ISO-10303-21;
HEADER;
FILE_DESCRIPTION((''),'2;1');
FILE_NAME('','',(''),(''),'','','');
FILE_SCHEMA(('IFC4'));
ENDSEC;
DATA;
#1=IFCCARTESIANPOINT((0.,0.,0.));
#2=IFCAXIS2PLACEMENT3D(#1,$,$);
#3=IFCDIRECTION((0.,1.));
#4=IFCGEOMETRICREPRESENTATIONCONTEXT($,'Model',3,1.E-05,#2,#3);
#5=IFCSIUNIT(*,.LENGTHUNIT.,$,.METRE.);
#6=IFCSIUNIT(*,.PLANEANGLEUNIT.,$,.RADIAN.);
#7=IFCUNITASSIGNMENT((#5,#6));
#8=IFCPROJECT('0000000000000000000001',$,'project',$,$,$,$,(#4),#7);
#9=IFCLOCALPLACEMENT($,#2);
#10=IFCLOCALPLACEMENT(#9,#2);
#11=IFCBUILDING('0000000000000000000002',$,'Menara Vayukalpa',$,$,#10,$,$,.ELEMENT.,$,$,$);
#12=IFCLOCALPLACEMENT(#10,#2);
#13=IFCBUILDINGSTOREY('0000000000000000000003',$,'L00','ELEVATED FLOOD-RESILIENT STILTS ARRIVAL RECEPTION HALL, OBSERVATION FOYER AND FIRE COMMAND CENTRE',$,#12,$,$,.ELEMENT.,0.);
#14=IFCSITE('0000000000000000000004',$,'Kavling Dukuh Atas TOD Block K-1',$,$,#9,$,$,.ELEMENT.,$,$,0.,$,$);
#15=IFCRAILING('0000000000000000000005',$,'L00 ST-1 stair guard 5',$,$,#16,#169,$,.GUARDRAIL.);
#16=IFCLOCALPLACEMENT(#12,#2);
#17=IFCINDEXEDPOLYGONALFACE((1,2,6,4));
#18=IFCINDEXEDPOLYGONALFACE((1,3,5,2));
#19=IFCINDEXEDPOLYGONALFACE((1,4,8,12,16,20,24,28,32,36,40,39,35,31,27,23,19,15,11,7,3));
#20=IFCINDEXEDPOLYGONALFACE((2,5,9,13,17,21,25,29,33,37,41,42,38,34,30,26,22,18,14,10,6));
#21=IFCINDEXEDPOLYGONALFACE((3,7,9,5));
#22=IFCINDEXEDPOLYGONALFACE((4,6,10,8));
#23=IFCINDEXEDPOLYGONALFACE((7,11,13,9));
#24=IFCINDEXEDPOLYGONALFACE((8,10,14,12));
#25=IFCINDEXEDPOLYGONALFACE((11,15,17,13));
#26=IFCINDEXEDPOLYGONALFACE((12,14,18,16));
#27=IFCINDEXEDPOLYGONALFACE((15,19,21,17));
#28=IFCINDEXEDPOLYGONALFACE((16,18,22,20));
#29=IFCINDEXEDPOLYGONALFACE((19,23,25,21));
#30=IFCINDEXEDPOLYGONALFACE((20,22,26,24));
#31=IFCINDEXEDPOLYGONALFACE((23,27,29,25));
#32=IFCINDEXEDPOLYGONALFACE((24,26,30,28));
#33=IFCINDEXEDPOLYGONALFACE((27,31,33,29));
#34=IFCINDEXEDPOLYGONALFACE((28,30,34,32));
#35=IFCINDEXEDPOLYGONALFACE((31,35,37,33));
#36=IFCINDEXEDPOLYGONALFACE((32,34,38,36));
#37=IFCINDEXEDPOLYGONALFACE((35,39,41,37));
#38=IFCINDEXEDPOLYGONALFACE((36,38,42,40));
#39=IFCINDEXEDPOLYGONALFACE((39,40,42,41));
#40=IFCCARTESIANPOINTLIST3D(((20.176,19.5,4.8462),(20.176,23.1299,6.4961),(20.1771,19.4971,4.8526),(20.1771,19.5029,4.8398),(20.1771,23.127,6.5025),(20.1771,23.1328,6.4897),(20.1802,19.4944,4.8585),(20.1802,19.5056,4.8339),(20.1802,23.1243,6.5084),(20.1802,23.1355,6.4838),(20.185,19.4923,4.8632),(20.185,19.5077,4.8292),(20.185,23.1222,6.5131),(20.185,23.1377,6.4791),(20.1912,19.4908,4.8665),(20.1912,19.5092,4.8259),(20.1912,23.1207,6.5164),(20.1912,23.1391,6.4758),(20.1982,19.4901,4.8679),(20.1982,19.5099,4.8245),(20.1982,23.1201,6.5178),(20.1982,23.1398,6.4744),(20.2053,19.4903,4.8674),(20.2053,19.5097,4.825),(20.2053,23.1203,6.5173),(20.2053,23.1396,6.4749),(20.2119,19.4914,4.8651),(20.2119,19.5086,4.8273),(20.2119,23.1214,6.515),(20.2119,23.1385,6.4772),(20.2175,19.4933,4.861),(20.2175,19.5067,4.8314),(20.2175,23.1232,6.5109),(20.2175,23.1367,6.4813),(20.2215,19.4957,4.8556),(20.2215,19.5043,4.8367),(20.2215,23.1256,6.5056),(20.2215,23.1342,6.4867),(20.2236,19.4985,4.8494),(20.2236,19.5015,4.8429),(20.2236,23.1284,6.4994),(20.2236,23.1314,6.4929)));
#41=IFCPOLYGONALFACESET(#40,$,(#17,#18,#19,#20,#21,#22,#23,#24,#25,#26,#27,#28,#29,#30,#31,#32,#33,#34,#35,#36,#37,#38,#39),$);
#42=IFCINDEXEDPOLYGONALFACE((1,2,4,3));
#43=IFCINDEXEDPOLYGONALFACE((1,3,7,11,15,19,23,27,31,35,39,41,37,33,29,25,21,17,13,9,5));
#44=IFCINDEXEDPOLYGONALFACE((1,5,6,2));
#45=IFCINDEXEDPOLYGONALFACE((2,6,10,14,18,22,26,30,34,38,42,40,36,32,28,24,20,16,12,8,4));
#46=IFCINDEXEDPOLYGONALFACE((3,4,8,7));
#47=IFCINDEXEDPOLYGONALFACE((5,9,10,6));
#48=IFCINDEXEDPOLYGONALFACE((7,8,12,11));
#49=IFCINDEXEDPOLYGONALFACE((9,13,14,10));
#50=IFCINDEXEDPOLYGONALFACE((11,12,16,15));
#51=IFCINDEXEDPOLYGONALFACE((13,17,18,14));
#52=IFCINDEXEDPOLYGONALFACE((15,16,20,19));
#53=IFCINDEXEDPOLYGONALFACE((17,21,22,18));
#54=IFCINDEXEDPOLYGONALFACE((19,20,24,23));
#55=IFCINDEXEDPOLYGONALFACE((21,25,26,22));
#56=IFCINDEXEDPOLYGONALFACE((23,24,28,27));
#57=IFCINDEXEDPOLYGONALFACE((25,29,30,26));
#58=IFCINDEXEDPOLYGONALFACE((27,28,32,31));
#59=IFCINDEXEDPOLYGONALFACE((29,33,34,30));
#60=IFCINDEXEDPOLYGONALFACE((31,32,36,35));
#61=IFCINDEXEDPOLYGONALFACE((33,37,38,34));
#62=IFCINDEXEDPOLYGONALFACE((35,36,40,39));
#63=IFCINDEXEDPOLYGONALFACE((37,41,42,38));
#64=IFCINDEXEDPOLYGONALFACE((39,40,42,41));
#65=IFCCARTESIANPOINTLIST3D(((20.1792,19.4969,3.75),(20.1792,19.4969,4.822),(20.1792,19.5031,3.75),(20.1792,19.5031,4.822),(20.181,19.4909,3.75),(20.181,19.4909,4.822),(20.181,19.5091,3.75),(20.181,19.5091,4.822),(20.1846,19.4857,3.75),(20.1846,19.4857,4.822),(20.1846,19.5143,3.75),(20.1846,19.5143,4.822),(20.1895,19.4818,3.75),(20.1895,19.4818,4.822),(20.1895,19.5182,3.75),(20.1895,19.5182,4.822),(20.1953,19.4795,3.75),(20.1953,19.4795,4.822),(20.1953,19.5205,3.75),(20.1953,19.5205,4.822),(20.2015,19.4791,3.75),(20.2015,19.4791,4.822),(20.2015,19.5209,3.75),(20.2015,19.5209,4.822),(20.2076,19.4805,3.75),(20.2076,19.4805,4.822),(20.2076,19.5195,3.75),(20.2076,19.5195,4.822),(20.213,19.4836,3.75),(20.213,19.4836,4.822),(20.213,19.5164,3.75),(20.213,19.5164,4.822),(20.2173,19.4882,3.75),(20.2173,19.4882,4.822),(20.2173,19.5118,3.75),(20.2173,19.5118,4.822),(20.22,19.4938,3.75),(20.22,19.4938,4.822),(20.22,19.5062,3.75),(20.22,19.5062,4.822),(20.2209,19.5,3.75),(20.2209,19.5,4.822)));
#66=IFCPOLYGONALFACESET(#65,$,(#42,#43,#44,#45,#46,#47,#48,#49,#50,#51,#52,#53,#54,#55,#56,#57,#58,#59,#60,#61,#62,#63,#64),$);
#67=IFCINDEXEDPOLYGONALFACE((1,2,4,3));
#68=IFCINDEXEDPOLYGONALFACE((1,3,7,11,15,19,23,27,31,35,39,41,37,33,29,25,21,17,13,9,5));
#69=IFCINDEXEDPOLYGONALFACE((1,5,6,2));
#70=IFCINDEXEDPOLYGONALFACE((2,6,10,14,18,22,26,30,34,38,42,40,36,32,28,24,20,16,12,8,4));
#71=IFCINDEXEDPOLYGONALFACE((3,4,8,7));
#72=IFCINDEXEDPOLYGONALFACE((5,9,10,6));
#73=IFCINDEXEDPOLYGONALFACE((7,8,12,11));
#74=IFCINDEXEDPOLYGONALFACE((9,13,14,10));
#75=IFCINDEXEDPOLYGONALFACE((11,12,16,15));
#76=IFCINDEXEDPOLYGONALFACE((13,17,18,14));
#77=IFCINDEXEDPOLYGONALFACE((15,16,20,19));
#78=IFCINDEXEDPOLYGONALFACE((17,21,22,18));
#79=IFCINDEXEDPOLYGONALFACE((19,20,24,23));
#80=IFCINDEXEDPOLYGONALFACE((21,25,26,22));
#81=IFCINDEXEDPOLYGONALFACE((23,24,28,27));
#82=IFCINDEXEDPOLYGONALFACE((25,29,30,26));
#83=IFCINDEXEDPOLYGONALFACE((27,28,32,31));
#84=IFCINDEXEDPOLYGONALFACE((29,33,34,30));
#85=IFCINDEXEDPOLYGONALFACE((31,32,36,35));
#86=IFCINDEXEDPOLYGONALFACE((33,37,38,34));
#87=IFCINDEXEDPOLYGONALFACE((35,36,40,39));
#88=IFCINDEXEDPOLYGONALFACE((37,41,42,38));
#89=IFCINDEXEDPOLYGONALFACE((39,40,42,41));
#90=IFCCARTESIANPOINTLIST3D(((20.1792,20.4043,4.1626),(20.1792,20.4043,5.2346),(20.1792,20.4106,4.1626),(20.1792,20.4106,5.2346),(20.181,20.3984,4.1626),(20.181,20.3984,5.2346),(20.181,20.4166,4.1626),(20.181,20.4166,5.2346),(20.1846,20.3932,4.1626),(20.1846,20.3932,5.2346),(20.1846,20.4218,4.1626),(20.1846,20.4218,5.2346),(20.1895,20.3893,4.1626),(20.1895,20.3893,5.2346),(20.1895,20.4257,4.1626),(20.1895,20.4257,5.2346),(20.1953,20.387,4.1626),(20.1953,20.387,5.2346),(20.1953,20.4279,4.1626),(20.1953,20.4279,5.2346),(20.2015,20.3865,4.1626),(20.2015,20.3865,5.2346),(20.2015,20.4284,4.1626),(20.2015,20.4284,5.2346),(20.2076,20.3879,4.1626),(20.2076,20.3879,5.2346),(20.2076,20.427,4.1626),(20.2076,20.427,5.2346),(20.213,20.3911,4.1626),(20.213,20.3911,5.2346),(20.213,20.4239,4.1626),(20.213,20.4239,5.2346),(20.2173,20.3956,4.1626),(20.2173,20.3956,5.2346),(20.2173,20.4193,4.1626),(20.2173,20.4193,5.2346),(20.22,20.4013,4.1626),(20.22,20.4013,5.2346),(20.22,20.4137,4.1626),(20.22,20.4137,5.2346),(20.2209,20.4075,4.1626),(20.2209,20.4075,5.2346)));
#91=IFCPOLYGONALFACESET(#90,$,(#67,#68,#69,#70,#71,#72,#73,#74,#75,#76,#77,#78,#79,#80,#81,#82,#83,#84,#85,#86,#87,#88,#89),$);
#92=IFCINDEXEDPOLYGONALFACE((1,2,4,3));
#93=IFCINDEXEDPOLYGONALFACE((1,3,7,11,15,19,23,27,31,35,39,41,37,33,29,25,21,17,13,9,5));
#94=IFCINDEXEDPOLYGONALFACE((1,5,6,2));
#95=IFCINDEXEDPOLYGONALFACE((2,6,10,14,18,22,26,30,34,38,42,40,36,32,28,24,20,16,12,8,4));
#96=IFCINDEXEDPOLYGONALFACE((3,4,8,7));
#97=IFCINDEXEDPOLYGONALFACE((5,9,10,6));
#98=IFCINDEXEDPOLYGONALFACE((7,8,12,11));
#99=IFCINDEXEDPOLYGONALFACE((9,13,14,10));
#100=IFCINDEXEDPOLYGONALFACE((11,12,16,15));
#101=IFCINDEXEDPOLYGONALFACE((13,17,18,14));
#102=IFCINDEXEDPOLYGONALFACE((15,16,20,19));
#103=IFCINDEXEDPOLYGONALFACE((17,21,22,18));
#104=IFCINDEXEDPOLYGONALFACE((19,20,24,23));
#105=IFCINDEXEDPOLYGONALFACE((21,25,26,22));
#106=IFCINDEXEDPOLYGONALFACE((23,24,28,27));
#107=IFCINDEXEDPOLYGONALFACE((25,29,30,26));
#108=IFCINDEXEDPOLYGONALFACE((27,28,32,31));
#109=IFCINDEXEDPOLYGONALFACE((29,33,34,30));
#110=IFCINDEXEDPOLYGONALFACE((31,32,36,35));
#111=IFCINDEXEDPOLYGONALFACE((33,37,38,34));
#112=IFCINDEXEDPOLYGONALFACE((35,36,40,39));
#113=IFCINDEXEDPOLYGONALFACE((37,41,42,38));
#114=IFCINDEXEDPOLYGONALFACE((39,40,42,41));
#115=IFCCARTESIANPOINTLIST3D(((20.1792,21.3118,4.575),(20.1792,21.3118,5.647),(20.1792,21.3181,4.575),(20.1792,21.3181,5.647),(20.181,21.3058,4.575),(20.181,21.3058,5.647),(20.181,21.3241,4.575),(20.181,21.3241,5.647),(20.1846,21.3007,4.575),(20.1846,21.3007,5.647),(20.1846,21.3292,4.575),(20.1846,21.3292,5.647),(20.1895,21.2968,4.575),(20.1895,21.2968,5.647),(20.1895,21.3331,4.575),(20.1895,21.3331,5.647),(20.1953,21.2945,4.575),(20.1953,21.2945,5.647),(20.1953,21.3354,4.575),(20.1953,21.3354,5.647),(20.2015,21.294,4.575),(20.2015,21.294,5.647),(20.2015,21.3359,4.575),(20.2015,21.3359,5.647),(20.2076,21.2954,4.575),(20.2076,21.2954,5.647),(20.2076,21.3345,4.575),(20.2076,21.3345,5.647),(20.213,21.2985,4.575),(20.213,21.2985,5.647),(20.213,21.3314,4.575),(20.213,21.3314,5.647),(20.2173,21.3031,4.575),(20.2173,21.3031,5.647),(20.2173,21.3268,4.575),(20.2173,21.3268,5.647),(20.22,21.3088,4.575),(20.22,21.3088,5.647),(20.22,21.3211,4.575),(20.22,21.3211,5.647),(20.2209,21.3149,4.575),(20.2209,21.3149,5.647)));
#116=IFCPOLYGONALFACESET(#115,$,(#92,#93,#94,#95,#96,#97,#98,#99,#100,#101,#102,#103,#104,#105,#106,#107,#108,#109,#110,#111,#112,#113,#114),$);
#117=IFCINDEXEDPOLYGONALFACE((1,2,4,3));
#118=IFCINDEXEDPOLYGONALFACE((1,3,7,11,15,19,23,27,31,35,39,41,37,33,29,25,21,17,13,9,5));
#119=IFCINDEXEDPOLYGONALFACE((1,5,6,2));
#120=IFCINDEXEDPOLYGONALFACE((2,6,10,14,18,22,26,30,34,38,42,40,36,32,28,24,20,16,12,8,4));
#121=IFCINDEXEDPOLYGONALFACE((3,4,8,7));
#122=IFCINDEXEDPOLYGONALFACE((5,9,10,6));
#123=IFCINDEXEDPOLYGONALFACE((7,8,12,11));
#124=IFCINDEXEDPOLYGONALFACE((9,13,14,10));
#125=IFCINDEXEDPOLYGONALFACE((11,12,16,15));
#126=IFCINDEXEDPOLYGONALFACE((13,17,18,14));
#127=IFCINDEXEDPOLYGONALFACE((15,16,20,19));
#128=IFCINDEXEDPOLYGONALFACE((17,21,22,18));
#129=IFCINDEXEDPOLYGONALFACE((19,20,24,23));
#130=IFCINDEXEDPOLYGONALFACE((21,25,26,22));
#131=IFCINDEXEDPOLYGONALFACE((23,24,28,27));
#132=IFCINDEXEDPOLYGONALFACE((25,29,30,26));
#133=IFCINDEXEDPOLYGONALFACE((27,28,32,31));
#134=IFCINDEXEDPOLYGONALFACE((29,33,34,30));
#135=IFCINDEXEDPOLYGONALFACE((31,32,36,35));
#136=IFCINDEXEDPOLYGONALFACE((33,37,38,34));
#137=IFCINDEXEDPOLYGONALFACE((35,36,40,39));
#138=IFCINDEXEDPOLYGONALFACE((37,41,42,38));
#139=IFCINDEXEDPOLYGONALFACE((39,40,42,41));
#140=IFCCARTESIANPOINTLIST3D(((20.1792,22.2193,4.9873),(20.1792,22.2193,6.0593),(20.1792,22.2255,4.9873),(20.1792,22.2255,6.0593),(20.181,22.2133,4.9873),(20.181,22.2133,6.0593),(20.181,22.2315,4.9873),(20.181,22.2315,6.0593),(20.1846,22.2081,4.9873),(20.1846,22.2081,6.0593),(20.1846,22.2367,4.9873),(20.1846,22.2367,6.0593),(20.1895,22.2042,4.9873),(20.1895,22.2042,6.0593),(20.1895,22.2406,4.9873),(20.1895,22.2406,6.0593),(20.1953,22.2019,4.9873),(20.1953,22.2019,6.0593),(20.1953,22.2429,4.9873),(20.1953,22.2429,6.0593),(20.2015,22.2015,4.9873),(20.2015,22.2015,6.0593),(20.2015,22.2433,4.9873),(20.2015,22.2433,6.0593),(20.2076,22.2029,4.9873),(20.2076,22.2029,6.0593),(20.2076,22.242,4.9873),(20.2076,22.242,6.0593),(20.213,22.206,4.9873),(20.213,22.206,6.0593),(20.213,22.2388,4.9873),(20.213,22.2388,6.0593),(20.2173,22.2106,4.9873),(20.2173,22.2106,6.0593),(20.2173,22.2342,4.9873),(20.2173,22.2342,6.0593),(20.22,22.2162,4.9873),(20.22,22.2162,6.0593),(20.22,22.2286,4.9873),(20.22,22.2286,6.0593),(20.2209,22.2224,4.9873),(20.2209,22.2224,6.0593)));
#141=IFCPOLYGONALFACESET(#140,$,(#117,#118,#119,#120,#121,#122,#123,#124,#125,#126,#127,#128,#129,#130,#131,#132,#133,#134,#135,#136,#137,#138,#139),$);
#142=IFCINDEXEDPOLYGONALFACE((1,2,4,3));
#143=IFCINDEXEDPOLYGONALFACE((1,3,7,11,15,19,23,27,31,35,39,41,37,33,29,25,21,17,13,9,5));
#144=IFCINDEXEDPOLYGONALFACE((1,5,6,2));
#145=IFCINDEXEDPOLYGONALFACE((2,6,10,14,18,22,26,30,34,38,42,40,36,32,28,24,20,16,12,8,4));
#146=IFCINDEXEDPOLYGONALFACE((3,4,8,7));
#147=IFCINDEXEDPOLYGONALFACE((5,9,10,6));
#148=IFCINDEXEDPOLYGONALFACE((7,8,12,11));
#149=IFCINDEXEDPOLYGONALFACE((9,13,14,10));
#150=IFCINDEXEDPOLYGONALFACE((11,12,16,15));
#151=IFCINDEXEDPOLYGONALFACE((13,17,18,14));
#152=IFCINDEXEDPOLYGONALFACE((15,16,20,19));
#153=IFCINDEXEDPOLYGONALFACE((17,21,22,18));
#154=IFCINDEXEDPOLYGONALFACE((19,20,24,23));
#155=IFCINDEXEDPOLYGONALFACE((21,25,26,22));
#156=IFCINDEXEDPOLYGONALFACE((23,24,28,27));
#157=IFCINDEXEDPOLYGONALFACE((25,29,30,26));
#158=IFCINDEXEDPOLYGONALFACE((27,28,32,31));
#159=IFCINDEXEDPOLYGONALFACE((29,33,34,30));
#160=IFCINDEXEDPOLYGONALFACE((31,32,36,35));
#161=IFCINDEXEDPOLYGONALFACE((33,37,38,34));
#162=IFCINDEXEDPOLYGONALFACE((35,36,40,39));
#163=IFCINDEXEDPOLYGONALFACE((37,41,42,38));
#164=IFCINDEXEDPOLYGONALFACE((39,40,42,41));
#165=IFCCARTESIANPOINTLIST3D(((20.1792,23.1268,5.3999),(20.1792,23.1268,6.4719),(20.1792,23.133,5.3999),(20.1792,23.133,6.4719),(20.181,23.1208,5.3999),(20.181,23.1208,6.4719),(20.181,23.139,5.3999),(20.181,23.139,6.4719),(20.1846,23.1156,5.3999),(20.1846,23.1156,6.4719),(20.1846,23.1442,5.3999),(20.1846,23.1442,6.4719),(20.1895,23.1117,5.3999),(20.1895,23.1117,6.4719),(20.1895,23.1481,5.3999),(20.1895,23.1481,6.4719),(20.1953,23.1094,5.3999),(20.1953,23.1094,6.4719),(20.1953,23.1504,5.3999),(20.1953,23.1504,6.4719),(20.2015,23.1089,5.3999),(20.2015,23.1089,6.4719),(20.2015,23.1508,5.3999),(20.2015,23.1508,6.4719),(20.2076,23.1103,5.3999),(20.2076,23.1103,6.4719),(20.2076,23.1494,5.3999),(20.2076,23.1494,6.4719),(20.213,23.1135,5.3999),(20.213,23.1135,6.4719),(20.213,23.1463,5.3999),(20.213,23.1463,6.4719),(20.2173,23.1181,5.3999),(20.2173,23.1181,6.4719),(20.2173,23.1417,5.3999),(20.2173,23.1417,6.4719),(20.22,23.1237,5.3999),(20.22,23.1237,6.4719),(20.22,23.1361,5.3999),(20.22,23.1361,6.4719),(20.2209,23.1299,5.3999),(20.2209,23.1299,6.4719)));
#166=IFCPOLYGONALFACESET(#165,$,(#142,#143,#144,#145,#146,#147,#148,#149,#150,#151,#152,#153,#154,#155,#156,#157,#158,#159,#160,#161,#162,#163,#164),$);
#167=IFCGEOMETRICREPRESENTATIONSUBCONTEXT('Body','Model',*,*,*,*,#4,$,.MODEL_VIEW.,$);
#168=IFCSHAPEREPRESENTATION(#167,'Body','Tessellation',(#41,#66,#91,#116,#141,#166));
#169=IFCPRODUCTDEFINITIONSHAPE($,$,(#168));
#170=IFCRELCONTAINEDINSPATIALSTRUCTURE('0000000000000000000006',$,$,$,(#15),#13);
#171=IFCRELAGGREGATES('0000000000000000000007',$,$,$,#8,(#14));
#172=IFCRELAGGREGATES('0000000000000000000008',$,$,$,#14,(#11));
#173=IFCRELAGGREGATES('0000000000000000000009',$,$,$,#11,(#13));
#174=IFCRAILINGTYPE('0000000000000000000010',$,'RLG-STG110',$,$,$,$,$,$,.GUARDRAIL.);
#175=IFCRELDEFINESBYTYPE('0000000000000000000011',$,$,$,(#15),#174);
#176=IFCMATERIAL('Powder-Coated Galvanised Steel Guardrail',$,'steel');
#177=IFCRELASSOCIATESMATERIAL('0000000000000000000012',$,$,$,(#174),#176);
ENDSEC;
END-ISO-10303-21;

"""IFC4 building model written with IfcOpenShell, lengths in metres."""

from ifc_helpers import new_model, si_unit, direction, frame, origin, origin_2d, place, context, subcontext, project, spatial, circle, extrude, material, type_object, element, save


model = new_model("IFC4")

# Units and contexts
model_context = context("Model", 3, precision=1e-05, world=origin(), true_north=direction((0.0, 1.0)))
body_context = subcontext(model_context, "Body", "Model", "MODEL_VIEW")
ifc_project = project(units=[si_unit("LENGTHUNIT", "METRE"), si_unit("PLANEANGLEUNIT", "RADIAN")], contexts=[model_context])

# Site, building, storey
site_placement = place(None, origin())
site = spatial("IfcSite", under=ifc_project, at=site_placement, Name="Kavling Dukuh Atas TOD Block K-1", CompositionType="ELEMENT", RefElevation=0.0)
building_placement = place(site_placement, origin())
building = spatial("IfcBuilding", under=site, at=building_placement, Name="Menara Vayukalpa", CompositionType="ELEMENT")
storey_placement = place(building_placement, origin())
storey = spatial("IfcBuildingStorey", under=building, at=storey_placement, Name="L00", Description="ELEVATED FLOOD-RESILIENT STILTS ARRIVAL RECEPTION HALL, OBSERVATION FOYER AND FIRE COMMAND CENTRE", CompositionType="ELEMENT", Elevation=0.0)

# Railing
ifc_material_1 = material(Name="Powder-Coated Galvanised Steel Guardrail", Category="steel")
railing_type = type_object("IfcRailingType", Name="RLG-STG110", PredefinedType="GUARDRAIL", material=ifc_material_1)
railing_1_placement = place(storey_placement, frame((20.2, 19.5, 3.75)))
element("IfcRailing", 1, at=railing_1_placement, inside=storey, type_object=railing_type, Name="L00 ST-1 stair guard 5", PredefinedType="GUARDRAIL", context=body_context, shape_type="SweptSolid", body=[
    extrude(circle(Radius=0.0239, at=origin_2d()), frame((0.0, 0.0, 1.0962), z_axis=(0.0, 0.910371, 0.413794), x_axis=(-1.0, 0.0, 0.0)), (0.0, 0.0, 1.0), 3.9873),
    extrude(circle(Radius=0.021, at=origin_2d()), origin(), (0.0, 0.0, 1.0), 1.072),
    extrude(circle(Radius=0.021, at=origin_2d()), frame((0.0, 0.9075, 0.4126)), (0.0, 0.0, 1.0), 1.072),
    extrude(circle(Radius=0.021, at=origin_2d()), frame((0.0, 1.8149, 0.825)), (0.0, 0.0, 1.0), 1.072),
    extrude(circle(Radius=0.021, at=origin_2d()), frame((0.0, 2.7224, 1.2373)), (0.0, 0.0, 1.0), 1.072),
    extrude(circle(Radius=0.021, at=origin_2d()), frame((0.0, 3.6299, 1.6499)), (0.0, 0.0, 1.0), 1.072),
])

save(model, "model.ifc")
